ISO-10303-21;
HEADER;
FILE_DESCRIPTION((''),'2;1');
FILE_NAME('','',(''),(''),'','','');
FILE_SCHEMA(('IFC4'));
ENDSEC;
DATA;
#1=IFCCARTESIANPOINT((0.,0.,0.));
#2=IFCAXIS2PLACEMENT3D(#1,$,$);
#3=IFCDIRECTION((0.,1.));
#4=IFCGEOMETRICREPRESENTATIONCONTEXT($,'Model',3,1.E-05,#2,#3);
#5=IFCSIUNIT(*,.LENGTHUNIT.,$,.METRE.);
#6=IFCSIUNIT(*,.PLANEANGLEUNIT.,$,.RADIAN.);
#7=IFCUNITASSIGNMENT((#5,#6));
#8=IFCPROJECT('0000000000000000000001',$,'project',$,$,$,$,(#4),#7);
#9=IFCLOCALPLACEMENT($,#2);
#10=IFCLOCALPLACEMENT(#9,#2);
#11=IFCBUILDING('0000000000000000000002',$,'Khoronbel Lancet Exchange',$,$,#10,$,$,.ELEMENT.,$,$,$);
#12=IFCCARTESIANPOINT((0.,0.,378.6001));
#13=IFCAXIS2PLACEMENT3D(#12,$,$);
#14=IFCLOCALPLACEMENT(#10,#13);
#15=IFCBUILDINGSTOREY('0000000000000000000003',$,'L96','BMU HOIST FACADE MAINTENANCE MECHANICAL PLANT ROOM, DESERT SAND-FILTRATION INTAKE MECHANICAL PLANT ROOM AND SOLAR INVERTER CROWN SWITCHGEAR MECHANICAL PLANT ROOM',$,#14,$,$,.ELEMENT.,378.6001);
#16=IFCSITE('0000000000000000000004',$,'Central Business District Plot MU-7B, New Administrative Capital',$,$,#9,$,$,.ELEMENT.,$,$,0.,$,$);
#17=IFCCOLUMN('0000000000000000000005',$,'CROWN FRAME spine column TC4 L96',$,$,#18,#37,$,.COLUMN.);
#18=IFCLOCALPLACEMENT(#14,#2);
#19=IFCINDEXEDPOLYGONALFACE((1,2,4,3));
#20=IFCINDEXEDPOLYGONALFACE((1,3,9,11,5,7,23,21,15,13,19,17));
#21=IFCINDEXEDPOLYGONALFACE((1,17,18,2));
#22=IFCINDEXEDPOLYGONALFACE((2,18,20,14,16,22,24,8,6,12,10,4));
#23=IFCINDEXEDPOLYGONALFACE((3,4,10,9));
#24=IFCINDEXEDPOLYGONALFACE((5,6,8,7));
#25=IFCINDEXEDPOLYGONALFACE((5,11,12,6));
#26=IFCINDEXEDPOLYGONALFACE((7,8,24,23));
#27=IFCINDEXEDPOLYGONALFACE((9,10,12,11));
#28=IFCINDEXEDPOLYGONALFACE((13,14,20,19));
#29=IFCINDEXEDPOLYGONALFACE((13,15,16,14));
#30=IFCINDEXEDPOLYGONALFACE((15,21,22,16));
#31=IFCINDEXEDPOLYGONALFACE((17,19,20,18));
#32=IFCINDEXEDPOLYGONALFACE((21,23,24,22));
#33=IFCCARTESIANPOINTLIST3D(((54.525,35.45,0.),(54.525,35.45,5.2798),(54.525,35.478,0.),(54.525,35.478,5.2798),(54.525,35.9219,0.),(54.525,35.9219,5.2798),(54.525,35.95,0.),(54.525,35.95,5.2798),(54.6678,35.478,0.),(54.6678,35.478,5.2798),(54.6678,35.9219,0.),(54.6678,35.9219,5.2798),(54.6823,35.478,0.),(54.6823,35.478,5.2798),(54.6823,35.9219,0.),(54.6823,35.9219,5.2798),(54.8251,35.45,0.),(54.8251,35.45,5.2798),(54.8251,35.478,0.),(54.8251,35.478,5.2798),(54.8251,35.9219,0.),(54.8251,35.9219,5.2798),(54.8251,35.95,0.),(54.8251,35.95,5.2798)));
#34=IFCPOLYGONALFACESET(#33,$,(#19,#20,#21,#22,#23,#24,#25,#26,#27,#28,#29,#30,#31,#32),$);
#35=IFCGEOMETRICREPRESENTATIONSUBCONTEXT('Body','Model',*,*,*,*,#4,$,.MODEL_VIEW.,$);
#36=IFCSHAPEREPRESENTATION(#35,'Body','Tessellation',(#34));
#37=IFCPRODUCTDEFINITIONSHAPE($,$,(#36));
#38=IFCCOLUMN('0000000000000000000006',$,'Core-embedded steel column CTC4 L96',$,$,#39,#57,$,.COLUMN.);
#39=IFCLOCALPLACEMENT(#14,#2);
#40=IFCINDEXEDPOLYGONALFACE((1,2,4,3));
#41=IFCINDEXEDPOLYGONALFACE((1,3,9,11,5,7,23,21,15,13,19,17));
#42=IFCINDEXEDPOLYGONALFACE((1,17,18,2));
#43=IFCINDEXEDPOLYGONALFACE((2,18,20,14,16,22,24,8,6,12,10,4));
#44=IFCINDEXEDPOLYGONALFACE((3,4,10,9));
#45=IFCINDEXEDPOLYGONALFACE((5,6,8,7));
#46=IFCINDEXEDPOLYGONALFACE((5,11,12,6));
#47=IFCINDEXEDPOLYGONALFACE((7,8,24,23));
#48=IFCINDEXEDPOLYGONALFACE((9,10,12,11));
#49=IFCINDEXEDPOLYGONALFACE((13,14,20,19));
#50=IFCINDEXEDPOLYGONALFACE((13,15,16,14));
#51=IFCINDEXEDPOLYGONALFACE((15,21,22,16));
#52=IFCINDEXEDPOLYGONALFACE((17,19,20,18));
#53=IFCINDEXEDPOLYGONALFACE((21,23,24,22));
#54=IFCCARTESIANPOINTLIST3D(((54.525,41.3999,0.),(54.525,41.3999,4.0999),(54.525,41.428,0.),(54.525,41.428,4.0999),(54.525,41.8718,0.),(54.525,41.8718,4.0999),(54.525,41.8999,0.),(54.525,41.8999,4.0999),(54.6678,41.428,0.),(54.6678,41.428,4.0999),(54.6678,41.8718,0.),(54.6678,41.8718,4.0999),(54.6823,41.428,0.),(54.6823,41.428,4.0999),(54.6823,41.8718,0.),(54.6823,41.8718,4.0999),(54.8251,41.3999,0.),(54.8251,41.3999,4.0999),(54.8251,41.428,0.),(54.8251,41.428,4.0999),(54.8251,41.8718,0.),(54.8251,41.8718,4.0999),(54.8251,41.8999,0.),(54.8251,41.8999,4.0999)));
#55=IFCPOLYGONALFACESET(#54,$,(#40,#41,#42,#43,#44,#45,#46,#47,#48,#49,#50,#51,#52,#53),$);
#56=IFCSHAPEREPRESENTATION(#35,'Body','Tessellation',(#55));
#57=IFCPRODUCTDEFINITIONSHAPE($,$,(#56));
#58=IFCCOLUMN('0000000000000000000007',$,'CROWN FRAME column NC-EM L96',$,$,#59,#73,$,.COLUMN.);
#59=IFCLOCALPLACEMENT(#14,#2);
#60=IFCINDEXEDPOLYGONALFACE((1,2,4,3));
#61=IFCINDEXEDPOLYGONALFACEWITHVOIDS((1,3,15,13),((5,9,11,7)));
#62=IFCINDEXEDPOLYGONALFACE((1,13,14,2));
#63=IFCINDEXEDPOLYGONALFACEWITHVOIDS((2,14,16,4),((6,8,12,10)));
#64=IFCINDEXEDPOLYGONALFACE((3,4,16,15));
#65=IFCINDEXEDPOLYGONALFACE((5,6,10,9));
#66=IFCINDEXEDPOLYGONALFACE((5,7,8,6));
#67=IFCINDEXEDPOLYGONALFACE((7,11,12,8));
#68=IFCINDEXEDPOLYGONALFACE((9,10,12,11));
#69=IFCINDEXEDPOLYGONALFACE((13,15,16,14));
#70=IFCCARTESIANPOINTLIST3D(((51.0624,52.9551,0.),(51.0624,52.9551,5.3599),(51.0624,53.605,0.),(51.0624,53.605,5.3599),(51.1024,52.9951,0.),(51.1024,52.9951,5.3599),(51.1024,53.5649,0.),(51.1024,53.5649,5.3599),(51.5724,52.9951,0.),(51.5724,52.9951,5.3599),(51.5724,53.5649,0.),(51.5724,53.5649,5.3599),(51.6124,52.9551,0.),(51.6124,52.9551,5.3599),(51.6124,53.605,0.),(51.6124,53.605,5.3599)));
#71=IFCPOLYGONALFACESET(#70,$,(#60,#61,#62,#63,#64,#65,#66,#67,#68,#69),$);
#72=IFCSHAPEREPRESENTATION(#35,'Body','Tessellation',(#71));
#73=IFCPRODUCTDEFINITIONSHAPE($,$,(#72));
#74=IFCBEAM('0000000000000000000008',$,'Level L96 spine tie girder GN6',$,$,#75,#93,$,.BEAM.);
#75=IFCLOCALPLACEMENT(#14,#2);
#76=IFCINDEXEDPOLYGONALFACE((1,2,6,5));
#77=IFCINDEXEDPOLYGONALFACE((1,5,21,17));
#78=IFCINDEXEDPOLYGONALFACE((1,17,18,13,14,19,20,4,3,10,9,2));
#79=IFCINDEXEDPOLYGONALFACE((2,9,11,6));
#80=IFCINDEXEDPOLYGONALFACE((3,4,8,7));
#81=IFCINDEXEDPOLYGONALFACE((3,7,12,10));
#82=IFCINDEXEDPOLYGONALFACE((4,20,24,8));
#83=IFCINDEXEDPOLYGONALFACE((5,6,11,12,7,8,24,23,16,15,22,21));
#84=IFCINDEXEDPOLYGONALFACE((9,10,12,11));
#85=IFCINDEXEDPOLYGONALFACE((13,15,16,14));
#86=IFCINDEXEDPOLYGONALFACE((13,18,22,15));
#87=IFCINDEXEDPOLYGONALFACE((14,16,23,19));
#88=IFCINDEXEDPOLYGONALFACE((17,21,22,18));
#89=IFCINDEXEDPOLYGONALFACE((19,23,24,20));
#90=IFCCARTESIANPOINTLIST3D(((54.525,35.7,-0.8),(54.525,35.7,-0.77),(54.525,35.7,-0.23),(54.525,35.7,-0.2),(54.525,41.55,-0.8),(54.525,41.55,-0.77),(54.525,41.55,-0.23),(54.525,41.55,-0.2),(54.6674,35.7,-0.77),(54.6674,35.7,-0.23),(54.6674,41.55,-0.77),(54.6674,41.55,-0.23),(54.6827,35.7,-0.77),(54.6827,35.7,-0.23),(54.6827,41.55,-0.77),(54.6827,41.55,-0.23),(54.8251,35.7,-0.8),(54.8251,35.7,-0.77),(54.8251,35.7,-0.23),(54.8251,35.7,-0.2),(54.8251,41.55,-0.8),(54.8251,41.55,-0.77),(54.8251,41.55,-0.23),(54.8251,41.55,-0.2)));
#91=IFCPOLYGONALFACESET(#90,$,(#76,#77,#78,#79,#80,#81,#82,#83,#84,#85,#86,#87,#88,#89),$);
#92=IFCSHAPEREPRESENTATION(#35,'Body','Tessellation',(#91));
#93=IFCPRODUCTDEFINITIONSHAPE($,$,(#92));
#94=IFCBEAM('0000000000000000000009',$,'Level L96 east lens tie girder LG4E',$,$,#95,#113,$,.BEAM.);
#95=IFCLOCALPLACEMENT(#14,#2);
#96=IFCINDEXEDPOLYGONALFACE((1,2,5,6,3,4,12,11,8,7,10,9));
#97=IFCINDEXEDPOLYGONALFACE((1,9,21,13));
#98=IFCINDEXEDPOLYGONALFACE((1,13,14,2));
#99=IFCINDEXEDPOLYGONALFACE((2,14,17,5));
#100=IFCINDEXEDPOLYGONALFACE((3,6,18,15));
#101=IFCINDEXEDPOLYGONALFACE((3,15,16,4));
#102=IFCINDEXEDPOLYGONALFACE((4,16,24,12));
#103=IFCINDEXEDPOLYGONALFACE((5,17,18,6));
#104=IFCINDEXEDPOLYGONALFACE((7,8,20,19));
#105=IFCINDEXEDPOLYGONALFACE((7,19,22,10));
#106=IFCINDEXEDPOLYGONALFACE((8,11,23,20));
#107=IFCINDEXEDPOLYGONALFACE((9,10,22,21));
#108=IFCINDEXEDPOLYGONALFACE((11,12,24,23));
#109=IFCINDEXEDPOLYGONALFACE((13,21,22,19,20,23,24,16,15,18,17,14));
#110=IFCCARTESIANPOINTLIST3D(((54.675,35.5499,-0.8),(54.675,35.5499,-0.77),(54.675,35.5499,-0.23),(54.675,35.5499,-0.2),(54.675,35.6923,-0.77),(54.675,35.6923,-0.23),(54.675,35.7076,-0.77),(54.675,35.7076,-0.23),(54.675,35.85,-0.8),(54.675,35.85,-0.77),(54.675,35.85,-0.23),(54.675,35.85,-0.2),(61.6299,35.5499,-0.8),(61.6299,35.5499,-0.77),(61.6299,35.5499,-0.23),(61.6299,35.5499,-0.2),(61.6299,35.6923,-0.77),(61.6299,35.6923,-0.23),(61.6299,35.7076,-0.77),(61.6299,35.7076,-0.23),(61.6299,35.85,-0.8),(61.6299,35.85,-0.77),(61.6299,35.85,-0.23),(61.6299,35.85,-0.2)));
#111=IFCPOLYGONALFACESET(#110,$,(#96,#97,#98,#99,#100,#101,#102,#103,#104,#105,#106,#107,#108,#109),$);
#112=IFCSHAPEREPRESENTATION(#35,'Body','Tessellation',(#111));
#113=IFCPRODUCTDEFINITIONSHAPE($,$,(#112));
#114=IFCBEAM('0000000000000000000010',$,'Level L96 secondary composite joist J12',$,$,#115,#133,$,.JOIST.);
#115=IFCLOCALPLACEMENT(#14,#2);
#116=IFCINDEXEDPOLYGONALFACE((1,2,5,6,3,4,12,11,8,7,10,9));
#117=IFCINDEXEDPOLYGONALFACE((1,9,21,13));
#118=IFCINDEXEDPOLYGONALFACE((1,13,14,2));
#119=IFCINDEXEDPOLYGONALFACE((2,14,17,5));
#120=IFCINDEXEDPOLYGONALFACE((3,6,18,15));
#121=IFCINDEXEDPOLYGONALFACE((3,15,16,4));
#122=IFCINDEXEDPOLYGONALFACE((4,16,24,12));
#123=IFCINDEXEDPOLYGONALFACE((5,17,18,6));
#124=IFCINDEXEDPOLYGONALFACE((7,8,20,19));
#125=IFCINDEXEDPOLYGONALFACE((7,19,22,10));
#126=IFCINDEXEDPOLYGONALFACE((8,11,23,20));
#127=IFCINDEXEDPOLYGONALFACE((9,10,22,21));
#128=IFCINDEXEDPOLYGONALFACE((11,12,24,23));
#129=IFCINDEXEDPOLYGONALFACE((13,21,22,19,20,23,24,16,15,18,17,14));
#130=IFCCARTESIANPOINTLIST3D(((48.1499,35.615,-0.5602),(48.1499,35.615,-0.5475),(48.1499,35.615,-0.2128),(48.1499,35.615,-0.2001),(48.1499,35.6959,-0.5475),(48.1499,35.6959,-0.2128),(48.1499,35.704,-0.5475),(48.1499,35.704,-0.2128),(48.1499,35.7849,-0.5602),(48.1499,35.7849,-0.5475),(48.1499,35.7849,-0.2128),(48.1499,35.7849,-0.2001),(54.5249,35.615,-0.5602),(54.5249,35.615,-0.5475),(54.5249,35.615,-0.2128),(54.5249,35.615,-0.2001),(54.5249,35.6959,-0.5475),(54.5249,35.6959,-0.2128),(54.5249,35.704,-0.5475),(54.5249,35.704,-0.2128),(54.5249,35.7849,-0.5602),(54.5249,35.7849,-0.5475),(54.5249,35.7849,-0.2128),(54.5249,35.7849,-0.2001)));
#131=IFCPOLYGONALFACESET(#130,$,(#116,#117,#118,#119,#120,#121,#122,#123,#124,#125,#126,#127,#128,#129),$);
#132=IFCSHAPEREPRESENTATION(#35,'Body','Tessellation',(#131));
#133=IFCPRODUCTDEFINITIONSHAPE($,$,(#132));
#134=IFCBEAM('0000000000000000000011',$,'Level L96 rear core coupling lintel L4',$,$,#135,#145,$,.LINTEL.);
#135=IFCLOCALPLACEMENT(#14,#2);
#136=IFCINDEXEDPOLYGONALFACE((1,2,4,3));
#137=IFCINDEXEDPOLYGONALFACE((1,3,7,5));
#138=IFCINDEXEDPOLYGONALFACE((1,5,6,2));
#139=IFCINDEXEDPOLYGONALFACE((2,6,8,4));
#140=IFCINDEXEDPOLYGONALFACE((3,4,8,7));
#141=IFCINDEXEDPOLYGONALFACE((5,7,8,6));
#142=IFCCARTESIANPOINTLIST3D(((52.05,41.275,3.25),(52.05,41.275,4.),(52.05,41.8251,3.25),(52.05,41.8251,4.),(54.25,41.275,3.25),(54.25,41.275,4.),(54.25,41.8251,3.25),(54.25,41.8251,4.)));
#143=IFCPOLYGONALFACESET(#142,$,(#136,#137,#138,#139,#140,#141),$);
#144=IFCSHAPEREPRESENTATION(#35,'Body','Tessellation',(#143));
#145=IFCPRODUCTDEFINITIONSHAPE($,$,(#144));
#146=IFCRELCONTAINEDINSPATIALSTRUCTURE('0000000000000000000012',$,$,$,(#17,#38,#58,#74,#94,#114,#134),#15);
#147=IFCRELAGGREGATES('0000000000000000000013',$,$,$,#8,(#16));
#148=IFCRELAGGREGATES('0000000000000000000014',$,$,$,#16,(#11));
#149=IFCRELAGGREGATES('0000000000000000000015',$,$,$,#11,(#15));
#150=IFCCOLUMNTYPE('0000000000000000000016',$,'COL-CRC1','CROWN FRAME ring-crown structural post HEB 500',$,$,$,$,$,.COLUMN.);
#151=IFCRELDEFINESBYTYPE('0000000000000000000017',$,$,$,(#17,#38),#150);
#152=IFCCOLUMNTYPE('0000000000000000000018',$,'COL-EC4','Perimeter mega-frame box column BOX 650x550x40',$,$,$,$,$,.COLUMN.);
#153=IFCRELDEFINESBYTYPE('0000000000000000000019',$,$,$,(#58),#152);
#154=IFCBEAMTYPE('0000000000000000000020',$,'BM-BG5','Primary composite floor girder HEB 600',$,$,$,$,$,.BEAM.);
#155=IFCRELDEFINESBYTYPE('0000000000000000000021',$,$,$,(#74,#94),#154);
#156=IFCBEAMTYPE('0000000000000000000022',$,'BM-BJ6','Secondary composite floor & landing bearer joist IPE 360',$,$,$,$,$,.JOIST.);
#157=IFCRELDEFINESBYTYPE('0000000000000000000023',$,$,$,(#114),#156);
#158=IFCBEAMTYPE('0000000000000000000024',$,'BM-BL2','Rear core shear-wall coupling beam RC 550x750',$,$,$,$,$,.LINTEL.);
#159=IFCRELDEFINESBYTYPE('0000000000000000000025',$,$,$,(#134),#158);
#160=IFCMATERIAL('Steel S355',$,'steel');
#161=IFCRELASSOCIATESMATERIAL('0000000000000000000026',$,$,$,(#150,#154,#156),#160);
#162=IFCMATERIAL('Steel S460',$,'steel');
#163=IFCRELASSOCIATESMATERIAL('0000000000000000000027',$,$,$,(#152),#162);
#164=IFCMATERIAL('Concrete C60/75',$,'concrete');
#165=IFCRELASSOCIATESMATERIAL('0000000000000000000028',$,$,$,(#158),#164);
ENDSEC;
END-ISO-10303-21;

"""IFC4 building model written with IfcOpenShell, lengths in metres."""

from ifc_helpers import new_model, si_unit, direction, frame, origin, origin_2d, place, context, subcontext, project, spatial, rectangle, hollow_rectangle, i_section, extrude, material, material_profile, profile_set, type_object, element, save


model = new_model("IFC4")

# Units and contexts
model_context = context("Model", 3, precision=1e-05, world=origin(), true_north=direction((0.0, 1.0)))
body_context = subcontext(model_context, "Body", "Model", "MODEL_VIEW")
ifc_project = project(units=[si_unit("LENGTHUNIT", "METRE"), si_unit("PLANEANGLEUNIT", "RADIAN")], contexts=[model_context])

# Site, building, storey
site_placement = place(None, origin())
site = spatial("IfcSite", under=ifc_project, at=site_placement, Name="Central Business District Plot MU-7B, New Administrative Capital", CompositionType="ELEMENT", RefElevation=0.0)
building_placement = place(site_placement, origin())
building = spatial("IfcBuilding", under=site, at=building_placement, Name="Khoronbel Lancet Exchange", CompositionType="ELEMENT")
storey_placement = place(building_placement, frame((0.0, 0.0, 378.6001)))
storey = spatial("IfcBuildingStorey", under=building, at=storey_placement, Name="L96", Description="BMU HOIST FACADE MAINTENANCE MECHANICAL PLANT ROOM, DESERT SAND-FILTRATION INTAKE MECHANICAL PLANT ROOM AND SOLAR INVERTER CROWN SWITCHGEAR MECHANICAL PLANT ROOM", CompositionType="ELEMENT", Elevation=378.6001)

# Columns
ifc_material_1 = material(Name="Steel S355", Category="steel")
ifc_material_profile_1 = material_profile(ifc_material_1, i_section(OverallWidth=0.3, OverallDepth=0.5, WebThickness=0.0144, FlangeThickness=0.0281, at=origin_2d()), Name="HEB 500")
ifc_profile_set_1 = profile_set([ifc_material_profile_1], Name="Steel S355")
column_type_1 = type_object("IfcColumnType", Name="COL-CRC1", Description="CROWN FRAME ring-crown structural post HEB 500", PredefinedType="COLUMN", material=ifc_profile_set_1)
column_1_placement = place(storey_placement, frame((54.675, 35.7, 0.0), z_axis=(0.0, 0.0, 1.0), x_axis=(1.0, 0.0, 0.0)))
element("IfcColumn", 1, at=column_1_placement, inside=storey, type_object=column_type_1, Name="CROWN FRAME spine column TC4 L96", PredefinedType="COLUMN", context=body_context, shape_type="SweptSolid", body=[
    extrude(i_section(OverallWidth=0.3, OverallDepth=0.5, WebThickness=0.0144, FlangeThickness=0.0281, at=origin_2d()), origin(), (0.0, 0.0, 1.0), 5.2798),
])
column_2_placement = place(storey_placement, frame((54.675, 41.6499, 0.0), z_axis=(0.0, 0.0, 1.0), x_axis=(1.0, 0.0, 0.0)))
element("IfcColumn", 2, at=column_2_placement, inside=storey, type_object=column_type_1, Name="Core-embedded steel column CTC4 L96", PredefinedType="COLUMN", context=body_context, shape_type="SweptSolid", body=[
    extrude(i_section(OverallWidth=0.3, OverallDepth=0.5, WebThickness=0.0144, FlangeThickness=0.0281, at=origin_2d()), origin(), (0.0, 0.0, 1.0), 4.0999),
])
ifc_material_2 = material(Name="Steel S460", Category="steel")
ifc_material_profile_2 = material_profile(ifc_material_2, hollow_rectangle(XDim=0.55, YDim=0.6499, WallThickness=0.04, at=origin_2d()), Name="BOX 650x550x40")
ifc_profile_set_2 = profile_set([ifc_material_profile_2], Name="Steel S460")
column_type_2 = type_object("IfcColumnType", Name="COL-EC4", Description="Perimeter mega-frame box column BOX 650x550x40", PredefinedType="COLUMN", material=ifc_profile_set_2)
column_3_placement = place(storey_placement, frame((51.3374, 53.28, 0.0), z_axis=(0.0, 0.0, 1.0), x_axis=(1.0, 0.0, 0.0)))
element("IfcColumn", 3, at=column_3_placement, inside=storey, type_object=column_type_2, Name="CROWN FRAME column NC-EM L96", PredefinedType="COLUMN", context=body_context, shape_type="SweptSolid", body=[
    extrude(hollow_rectangle(XDim=0.55, YDim=0.6499, WallThickness=0.04, at=origin_2d()), origin(), (0.0, 0.0, 1.0), 5.3599),
])

# Beams
ifc_material_profile_3 = material_profile(ifc_material_1, i_section(OverallWidth=0.3, OverallDepth=0.6001, WebThickness=0.0154, FlangeThickness=0.03, at=origin_2d()), Name="HEB 600")
ifc_profile_set_3 = profile_set([ifc_material_profile_3], Name="Steel S355")
beam_type_1 = type_object("IfcBeamType", Name="BM-BG5", Description="Primary composite floor girder HEB 600", PredefinedType="BEAM", material=ifc_profile_set_3)
beam_1_placement = place(storey_placement, frame((54.675, 35.7, -0.5), z_axis=(0.0, 1.0, 0.0), x_axis=(-1.0, 0.0, 0.0)))
element("IfcBeam", 4, at=beam_1_placement, inside=storey, type_object=beam_type_1, Name="Level L96 spine tie girder GN6", PredefinedType="BEAM", context=body_context, shape_type="SweptSolid", body=[
    extrude(i_section(OverallWidth=0.3, OverallDepth=0.6001, WebThickness=0.0154, FlangeThickness=0.03, at=origin_2d()), origin(), (0.0, 0.0, 1.0), 5.8501),
])
beam_2_placement = place(storey_placement, frame((54.675, 35.7, -0.5), z_axis=(1.0, 0.0, 0.0), x_axis=(0.0, 1.0, 0.0)))
element("IfcBeam", 5, at=beam_2_placement, inside=storey, type_object=beam_type_1, Name="Level L96 east lens tie girder LG4E", PredefinedType="BEAM", context=body_context, shape_type="SweptSolid", body=[
    extrude(i_section(OverallWidth=0.3, OverallDepth=0.6001, WebThickness=0.0154, FlangeThickness=0.03, at=origin_2d()), origin(), (0.0, 0.0, 1.0), 6.9548),
])
ifc_material_profile_4 = material_profile(ifc_material_1, i_section(OverallWidth=0.1699, OverallDepth=0.3601, WebThickness=0.0081, FlangeThickness=0.0127, at=origin_2d()), Name="IPE 360")
ifc_profile_set_4 = profile_set([ifc_material_profile_4], Name="Steel S355")
beam_type_2 = type_object("IfcBeamType", Name="BM-BJ6", Description="Secondary composite floor & landing bearer joist IPE 360", PredefinedType="JOIST", material=ifc_profile_set_4)
beam_3_placement = place(storey_placement, frame((48.1499, 35.7, -0.3801), z_axis=(1.0, 0.0, 0.0), x_axis=(0.0, 1.0, 0.0)))
element("IfcBeam", 6, at=beam_3_placement, inside=storey, type_object=beam_type_2, Name="Level L96 secondary composite joist J12", PredefinedType="JOIST", context=body_context, shape_type="SweptSolid", body=[
    extrude(i_section(OverallWidth=0.1699, OverallDepth=0.3601, WebThickness=0.0081, FlangeThickness=0.0127, at=origin_2d()), origin(), (0.0, 0.0, 1.0), 6.375),
])
ifc_material_3 = material(Name="Concrete C60/75", Category="concrete")
ifc_material_profile_5 = material_profile(ifc_material_3, rectangle(XDim=0.55, YDim=0.75, at=origin_2d()), Name="RC 550x750")
ifc_profile_set_5 = profile_set([ifc_material_profile_5], Name="Concrete C60/75")
beam_type_3 = type_object("IfcBeamType", Name="BM-BL2", Description="Rear core shear-wall coupling beam RC 550x750", PredefinedType="LINTEL", material=ifc_profile_set_5)
beam_4_placement = place(storey_placement, frame((52.05, 41.55, 3.625), z_axis=(1.0, 0.0, 0.0), x_axis=(0.0, 1.0, 0.0)))
element("IfcBeam", 7, at=beam_4_placement, inside=storey, type_object=beam_type_3, Name="Level L96 rear core coupling lintel L4", PredefinedType="LINTEL", context=body_context, shape_type="SweptSolid", body=[
    extrude(rectangle(XDim=0.55, YDim=0.75, at=origin_2d()), origin(), (0.0, 0.0, 1.0), 2.2),
])

save(model, "model.ifc")
